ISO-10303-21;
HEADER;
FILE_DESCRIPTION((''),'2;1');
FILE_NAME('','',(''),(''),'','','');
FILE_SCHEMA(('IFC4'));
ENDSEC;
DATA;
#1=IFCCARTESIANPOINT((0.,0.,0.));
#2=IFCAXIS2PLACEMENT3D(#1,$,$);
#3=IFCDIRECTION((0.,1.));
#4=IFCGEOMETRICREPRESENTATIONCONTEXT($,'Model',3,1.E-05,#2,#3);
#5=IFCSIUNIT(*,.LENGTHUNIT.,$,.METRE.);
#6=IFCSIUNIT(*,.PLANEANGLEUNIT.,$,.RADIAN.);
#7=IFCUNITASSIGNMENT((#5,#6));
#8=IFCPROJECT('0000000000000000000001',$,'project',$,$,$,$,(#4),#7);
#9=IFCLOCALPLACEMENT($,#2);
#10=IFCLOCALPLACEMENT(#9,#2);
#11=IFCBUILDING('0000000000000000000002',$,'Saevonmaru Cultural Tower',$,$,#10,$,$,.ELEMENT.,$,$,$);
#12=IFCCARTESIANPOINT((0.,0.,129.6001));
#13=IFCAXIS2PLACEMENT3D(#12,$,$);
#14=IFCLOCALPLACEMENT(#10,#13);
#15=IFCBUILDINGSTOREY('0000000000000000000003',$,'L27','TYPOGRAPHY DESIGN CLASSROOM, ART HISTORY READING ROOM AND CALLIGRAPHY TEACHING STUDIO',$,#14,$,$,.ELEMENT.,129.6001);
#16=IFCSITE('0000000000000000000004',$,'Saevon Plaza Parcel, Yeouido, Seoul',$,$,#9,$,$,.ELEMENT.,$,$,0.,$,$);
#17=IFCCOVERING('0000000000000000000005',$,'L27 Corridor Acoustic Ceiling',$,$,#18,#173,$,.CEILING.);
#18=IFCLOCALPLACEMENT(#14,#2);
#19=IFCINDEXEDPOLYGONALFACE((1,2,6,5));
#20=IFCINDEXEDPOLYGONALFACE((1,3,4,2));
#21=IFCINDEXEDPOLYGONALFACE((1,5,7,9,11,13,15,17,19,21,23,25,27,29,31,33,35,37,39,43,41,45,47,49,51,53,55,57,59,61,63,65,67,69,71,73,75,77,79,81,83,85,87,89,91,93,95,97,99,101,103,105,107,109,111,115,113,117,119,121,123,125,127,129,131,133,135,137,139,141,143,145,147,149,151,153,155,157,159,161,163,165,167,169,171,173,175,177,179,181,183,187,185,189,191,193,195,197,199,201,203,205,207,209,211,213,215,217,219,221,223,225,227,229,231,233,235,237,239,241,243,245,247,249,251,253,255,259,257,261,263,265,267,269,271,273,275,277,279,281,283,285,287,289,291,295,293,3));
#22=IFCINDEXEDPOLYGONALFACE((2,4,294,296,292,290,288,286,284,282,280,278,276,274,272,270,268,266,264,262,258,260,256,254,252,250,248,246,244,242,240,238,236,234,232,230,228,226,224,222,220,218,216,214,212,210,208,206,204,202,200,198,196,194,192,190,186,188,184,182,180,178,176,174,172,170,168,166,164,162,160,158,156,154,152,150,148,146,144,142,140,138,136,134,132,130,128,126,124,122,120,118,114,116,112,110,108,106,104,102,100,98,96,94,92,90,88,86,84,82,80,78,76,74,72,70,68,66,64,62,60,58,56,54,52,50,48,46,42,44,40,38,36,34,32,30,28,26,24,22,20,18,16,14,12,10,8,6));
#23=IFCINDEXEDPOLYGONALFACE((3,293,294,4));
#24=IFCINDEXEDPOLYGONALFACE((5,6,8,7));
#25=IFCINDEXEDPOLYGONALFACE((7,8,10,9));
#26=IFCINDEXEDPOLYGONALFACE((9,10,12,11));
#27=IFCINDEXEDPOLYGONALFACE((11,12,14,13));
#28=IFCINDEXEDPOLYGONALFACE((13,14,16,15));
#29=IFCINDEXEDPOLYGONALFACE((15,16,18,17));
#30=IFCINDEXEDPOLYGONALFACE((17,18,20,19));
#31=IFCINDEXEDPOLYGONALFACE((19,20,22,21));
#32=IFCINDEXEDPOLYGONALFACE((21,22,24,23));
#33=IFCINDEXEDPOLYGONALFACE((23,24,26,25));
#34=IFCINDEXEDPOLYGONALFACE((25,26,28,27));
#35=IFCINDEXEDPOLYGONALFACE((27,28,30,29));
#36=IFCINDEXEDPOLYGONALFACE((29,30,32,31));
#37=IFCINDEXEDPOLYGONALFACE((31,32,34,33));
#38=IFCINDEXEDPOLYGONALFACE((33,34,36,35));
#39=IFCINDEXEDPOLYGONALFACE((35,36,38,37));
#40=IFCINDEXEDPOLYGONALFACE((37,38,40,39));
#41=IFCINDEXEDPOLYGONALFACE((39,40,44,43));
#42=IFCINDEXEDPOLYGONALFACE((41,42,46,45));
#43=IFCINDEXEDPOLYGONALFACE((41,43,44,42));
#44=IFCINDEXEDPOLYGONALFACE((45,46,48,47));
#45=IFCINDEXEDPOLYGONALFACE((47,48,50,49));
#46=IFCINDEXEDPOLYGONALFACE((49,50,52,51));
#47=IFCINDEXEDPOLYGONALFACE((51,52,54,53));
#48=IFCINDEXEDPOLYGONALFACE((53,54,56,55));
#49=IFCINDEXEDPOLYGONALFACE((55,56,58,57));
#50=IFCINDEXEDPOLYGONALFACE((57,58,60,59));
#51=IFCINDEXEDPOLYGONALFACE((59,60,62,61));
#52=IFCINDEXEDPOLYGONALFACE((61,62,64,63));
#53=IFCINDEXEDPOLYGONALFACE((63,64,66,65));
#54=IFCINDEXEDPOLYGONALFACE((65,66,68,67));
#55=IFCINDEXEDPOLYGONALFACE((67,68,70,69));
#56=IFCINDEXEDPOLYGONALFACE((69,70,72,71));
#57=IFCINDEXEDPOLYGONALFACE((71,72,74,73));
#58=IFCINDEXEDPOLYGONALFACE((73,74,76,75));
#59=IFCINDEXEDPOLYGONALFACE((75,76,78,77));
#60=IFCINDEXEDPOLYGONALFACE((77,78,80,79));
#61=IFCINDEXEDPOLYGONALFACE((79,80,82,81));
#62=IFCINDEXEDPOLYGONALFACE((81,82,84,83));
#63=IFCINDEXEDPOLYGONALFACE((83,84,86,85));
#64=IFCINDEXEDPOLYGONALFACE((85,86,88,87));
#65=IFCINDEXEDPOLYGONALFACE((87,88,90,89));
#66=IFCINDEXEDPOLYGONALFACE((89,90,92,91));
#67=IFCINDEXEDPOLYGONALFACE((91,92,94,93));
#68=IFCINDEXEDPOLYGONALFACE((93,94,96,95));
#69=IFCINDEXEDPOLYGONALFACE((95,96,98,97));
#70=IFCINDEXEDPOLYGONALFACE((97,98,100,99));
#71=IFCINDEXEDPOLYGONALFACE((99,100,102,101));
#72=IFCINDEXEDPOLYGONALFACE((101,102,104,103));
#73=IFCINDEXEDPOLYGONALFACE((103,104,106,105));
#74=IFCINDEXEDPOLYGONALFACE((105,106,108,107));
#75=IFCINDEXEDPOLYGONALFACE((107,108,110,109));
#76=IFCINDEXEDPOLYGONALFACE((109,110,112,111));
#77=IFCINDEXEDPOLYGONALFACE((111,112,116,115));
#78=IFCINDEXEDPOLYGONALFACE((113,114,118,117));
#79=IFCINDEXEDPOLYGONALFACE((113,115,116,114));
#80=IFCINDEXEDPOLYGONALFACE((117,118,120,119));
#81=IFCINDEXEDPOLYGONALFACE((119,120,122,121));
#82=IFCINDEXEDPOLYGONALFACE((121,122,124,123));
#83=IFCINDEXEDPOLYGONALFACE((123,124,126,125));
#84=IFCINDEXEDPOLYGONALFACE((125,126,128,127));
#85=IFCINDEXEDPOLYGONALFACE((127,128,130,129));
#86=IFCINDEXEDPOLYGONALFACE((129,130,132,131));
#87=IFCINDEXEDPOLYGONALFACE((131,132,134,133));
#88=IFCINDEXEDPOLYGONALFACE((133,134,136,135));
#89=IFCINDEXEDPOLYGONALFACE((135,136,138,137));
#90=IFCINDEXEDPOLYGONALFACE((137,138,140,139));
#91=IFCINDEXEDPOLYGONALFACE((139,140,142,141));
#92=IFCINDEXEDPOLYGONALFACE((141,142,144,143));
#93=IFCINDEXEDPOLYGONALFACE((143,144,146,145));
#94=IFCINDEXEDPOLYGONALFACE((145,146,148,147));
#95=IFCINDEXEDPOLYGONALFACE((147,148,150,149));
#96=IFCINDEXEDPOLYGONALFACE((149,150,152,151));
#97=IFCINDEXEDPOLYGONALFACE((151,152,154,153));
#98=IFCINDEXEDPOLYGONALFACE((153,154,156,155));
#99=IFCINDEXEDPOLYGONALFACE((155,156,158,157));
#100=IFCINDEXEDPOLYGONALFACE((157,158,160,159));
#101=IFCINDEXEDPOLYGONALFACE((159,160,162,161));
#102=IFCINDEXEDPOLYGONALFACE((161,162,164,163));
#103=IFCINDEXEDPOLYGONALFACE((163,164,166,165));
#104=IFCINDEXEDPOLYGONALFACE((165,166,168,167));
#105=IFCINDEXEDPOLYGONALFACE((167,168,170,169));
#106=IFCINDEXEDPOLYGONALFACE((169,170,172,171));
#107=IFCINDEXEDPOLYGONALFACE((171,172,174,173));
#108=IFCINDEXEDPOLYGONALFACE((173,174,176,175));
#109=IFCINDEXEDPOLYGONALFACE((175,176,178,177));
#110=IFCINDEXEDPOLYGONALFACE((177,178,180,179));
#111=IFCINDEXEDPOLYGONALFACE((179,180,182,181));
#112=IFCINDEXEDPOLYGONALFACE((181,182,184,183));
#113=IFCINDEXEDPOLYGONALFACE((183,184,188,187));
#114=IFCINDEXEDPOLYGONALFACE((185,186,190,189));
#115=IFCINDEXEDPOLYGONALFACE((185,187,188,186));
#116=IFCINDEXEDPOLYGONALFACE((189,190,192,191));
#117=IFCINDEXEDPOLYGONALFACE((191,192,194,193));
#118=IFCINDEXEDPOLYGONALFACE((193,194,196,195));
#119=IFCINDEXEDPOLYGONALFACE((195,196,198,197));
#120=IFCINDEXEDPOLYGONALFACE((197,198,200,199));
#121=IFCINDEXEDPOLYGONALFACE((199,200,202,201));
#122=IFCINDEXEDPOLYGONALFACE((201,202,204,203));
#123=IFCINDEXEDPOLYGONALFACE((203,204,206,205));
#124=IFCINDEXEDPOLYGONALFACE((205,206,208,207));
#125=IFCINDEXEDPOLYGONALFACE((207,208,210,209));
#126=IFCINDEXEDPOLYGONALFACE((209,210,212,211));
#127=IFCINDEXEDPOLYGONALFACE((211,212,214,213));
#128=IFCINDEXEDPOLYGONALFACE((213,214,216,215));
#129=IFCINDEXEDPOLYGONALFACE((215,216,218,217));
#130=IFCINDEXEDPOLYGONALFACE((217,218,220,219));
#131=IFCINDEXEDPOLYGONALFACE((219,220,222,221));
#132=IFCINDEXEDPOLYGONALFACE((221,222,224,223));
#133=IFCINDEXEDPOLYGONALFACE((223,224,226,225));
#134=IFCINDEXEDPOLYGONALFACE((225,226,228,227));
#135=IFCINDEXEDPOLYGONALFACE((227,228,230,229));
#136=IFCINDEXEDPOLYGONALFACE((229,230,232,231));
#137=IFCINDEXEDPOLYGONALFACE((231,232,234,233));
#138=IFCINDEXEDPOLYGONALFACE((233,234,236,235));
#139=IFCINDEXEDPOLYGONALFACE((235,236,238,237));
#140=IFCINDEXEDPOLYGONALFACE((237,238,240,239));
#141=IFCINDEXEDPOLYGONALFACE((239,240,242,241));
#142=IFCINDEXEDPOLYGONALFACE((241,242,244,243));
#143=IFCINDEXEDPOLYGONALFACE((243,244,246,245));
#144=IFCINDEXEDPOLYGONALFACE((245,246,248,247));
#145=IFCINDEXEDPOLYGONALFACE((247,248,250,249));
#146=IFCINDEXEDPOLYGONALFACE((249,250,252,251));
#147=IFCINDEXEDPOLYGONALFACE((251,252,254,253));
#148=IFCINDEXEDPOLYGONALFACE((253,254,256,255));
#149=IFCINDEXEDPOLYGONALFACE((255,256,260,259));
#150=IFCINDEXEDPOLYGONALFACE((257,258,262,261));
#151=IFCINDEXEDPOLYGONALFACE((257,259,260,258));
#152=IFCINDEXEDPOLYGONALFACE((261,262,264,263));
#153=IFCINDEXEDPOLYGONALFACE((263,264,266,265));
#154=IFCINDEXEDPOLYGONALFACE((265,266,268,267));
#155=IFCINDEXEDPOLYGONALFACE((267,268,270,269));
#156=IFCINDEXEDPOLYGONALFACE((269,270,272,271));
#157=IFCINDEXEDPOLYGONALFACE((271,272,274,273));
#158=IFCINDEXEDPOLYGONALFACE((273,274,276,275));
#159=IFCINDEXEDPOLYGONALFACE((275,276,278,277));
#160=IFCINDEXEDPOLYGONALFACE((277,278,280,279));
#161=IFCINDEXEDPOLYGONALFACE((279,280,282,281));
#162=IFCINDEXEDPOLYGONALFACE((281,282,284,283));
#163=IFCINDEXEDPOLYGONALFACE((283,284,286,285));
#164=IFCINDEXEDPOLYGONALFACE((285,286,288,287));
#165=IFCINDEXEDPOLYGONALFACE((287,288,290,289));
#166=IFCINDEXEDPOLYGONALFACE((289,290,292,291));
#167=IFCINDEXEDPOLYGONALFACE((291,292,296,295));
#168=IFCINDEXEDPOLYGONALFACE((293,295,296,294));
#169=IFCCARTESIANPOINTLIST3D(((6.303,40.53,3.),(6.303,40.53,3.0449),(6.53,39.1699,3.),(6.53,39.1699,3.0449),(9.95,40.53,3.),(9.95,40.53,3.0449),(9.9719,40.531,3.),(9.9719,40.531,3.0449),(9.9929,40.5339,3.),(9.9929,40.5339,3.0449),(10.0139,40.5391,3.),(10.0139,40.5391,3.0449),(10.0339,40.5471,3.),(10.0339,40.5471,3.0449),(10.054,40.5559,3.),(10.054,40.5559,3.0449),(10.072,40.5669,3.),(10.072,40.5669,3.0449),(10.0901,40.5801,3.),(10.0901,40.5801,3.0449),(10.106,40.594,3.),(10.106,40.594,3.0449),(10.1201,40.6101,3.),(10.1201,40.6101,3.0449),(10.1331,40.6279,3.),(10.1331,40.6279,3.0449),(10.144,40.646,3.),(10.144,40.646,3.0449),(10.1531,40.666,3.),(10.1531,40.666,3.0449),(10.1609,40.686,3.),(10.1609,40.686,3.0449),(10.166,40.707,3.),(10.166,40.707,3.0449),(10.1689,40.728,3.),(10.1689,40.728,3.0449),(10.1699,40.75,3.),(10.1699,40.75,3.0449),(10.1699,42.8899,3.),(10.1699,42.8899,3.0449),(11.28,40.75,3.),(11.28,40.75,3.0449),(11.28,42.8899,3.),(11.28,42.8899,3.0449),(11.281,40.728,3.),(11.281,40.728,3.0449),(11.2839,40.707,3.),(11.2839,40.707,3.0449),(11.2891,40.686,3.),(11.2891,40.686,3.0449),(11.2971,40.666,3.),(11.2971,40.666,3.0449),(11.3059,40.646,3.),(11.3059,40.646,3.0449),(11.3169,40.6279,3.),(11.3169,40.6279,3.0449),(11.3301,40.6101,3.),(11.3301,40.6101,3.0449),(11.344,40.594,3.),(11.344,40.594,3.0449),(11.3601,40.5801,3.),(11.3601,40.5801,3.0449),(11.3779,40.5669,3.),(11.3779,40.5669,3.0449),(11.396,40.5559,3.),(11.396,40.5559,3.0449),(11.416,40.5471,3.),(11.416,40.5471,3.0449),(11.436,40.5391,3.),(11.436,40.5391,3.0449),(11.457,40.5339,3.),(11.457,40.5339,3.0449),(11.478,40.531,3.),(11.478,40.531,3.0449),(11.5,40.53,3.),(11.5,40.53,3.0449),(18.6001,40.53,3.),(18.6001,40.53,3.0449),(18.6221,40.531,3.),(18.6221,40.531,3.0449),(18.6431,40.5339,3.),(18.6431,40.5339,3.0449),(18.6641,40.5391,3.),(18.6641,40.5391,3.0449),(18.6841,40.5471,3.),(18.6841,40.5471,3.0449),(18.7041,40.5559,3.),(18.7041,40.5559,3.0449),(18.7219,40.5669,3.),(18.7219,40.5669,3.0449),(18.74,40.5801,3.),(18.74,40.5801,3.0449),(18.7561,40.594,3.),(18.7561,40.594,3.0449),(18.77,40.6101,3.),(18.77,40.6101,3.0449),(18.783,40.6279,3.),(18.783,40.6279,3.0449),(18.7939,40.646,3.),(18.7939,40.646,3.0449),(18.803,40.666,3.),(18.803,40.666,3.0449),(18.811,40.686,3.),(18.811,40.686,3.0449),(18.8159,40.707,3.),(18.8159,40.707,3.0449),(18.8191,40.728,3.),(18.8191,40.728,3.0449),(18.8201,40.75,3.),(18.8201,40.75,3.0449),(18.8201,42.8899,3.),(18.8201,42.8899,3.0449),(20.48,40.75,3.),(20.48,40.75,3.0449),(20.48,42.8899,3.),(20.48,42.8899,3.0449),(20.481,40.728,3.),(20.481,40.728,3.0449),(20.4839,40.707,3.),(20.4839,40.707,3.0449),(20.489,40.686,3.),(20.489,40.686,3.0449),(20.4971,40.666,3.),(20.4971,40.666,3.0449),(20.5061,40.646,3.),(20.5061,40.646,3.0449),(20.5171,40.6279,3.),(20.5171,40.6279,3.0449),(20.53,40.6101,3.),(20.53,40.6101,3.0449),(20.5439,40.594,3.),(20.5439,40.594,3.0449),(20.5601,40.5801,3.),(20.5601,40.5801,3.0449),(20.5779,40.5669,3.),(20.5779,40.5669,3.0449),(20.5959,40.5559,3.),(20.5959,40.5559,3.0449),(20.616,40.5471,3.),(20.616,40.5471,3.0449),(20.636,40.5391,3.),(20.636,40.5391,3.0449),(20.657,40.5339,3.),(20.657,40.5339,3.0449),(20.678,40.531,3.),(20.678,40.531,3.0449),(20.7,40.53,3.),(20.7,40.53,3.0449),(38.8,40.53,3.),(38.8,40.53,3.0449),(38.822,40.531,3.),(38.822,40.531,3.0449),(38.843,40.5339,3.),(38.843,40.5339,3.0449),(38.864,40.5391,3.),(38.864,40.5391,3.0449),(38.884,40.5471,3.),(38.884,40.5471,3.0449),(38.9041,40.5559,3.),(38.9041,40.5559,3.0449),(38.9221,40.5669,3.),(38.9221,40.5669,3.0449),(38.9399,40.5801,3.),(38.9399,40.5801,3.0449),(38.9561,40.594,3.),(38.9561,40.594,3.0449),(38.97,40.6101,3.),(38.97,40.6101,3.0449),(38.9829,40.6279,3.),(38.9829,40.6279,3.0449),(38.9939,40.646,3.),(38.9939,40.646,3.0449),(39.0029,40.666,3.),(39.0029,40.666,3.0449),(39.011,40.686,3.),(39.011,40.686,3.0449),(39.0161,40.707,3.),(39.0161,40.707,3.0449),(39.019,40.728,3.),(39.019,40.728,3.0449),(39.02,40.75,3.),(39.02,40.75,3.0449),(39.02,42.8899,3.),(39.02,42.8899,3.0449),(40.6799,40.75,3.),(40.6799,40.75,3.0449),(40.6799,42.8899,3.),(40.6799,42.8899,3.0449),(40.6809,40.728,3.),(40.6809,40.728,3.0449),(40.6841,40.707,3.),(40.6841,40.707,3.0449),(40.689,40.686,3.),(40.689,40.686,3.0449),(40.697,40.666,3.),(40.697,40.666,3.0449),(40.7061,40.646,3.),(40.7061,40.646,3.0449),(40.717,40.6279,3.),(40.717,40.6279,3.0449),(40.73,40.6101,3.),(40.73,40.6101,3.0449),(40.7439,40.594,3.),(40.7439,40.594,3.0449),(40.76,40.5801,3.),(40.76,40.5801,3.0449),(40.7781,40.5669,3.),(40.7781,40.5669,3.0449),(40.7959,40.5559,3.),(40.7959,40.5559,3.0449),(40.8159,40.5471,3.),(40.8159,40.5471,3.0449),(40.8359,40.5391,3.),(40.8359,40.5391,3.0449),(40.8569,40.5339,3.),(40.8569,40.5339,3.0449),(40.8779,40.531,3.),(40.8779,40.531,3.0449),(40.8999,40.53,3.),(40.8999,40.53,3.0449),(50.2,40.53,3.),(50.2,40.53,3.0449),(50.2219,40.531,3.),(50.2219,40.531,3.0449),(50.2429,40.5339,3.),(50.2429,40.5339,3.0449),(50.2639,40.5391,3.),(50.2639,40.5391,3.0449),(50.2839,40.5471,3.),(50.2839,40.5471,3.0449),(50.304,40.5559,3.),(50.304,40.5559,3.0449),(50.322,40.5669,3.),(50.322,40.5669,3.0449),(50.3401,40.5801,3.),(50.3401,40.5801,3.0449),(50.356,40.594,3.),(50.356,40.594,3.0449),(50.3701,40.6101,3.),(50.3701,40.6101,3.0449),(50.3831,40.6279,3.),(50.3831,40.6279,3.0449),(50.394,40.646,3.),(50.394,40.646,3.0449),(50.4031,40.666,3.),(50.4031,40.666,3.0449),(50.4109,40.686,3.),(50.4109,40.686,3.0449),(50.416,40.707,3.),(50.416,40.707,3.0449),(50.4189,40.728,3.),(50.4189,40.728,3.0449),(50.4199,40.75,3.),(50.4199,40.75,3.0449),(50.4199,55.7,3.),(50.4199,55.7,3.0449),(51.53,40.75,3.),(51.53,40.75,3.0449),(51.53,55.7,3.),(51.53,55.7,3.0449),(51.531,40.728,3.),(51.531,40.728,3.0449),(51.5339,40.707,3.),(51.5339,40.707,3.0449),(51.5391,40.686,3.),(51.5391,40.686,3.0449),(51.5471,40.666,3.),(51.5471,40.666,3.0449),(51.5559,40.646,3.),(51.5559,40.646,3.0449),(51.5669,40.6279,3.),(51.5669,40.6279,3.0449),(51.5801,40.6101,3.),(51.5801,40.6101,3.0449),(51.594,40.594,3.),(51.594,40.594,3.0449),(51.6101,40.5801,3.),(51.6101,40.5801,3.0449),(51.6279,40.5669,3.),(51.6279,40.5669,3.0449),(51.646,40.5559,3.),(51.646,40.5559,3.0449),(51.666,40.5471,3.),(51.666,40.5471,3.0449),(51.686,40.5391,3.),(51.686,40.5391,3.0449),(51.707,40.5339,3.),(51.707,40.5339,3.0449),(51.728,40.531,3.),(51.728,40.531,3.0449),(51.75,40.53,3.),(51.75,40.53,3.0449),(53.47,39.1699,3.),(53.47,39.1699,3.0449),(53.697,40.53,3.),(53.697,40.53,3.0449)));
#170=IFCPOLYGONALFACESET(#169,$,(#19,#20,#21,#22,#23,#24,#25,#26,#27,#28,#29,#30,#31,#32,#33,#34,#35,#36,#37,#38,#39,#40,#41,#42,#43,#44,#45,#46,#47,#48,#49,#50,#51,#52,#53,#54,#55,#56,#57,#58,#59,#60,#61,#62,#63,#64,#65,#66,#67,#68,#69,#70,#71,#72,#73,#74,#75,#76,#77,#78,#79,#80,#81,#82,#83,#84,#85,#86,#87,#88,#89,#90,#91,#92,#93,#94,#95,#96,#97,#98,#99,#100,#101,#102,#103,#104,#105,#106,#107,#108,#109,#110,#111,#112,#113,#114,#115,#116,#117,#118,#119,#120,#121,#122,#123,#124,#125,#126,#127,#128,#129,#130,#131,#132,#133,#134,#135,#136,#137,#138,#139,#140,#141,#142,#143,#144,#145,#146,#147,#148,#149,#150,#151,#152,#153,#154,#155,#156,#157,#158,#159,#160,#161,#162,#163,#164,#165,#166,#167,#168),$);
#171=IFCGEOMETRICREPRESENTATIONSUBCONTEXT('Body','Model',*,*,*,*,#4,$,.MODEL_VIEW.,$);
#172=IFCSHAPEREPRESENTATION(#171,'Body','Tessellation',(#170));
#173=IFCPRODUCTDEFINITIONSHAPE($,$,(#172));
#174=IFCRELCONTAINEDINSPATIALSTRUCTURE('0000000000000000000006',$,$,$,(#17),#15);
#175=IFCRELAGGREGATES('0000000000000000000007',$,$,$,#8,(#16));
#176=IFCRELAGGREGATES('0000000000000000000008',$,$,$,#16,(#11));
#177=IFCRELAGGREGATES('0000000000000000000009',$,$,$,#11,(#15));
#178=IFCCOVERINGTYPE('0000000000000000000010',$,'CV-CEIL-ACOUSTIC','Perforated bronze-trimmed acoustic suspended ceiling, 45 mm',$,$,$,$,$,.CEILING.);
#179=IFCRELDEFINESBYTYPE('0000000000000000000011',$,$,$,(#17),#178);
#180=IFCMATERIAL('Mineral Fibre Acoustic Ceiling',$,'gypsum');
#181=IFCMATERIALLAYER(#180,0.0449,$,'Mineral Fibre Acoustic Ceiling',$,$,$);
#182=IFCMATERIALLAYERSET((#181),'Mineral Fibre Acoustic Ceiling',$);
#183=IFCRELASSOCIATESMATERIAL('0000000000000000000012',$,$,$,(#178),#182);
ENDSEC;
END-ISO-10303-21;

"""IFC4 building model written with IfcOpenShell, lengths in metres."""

from ifc_helpers import new_model, si_unit, direction, frame, origin, place, context, subcontext, project, spatial, polyline, outline, extrude, material, layer, layer_set, type_object, element, save


model = new_model("IFC4")

# Units and contexts
model_context = context("Model", 3, precision=1e-05, world=origin(), true_north=direction((0.0, 1.0)))
body_context = subcontext(model_context, "Body", "Model", "MODEL_VIEW")
ifc_project = project(units=[si_unit("LENGTHUNIT", "METRE"), si_unit("PLANEANGLEUNIT", "RADIAN")], contexts=[model_context])

# Site, building, storey
site_placement = place(None, origin())
site = spatial("IfcSite", under=ifc_project, at=site_placement, Name="Saevon Plaza Parcel, Yeouido, Seoul", CompositionType="ELEMENT", RefElevation=0.0)
building_placement = place(site_placement, origin())
building = spatial("IfcBuilding", under=site, at=building_placement, Name="Saevonmaru Cultural Tower", CompositionType="ELEMENT")
storey_placement = place(building_placement, frame((0.0, 0.0, 129.6001)))
storey = spatial("IfcBuildingStorey", under=building, at=storey_placement, Name="L27", Description="TYPOGRAPHY DESIGN CLASSROOM, ART HISTORY READING ROOM AND CALLIGRAPHY TEACHING STUDIO", CompositionType="ELEMENT", Elevation=129.6001)

# Covering
ifc_material_1 = material(Name="Mineral Fibre Acoustic Ceiling", Category="gypsum")
ifc_layer_1 = layer(ifc_material_1, 0.0449, Name="Mineral Fibre Acoustic Ceiling")
ifc_layer_set_1 = layer_set([ifc_layer_1], Name="Mineral Fibre Acoustic Ceiling")
covering_type_1 = type_object("IfcCoveringType", Name="CV-CEIL-ACOUSTIC", Description="Perforated bronze-trimmed acoustic suspended ceiling, 45 mm", PredefinedType="CEILING", material=ifc_layer_set_1)
covering_1_placement = place(storey_placement, frame((0.0, 0.0, 3.0)))
element("IfcCovering", 1, at=covering_1_placement, inside=storey, type_object=covering_type_1, Name="L27 Corridor Acoustic Ceiling", PredefinedType="CEILING", context=body_context, shape_type="SweptSolid", body=[
    extrude(outline(polyline([(6.53, 39.1699), (6.303, 40.53), (9.95, 40.53), (9.9719, 40.531), (9.9929, 40.5339), (10.0139, 40.5391), (10.0339, 40.5471), (10.054, 40.5559), (10.072, 40.5669), (10.0901, 40.5801), (10.106, 40.594), (10.1201, 40.6101), (10.1331, 40.6279), (10.144, 40.646), (10.1531, 40.666), (10.1609, 40.686), (10.166, 40.707), (10.1689, 40.728), (10.1699, 40.75), (10.1699, 42.8899), (11.28, 42.8899), (11.28, 40.75), (11.281, 40.728), (11.2839, 40.707), (11.2891, 40.686), (11.2971, 40.666), (11.3059, 40.646), (11.3169, 40.6279), (11.3301, 40.6101), (11.344, 40.594), (11.3601, 40.5801), (11.3779, 40.5669), (11.396, 40.5559), (11.416, 40.5471), (11.436, 40.5391), (11.457, 40.5339), (11.478, 40.531), (11.5, 40.53), (18.6001, 40.53), (18.6221, 40.531), (18.6431, 40.5339), (18.6641, 40.5391), (18.6841, 40.5471), (18.7041, 40.5559), (18.7219, 40.5669), (18.74, 40.5801), (18.7561, 40.594), (18.77, 40.6101), (18.783, 40.6279), (18.7939, 40.646), (18.803, 40.666), (18.811, 40.686), (18.8159, 40.707), (18.8191, 40.728), (18.8201, 40.75), (18.8201, 42.8899), (20.48, 42.8899), (20.48, 40.75), (20.481, 40.728), (20.4839, 40.707), (20.489, 40.686), (20.4971, 40.666), (20.5061, 40.646), (20.5171, 40.6279), (20.53, 40.6101), (20.5439, 40.594), (20.5601, 40.5801), (20.5779, 40.5669), (20.5959, 40.5559), (20.616, 40.5471), (20.636, 40.5391), (20.657, 40.5339), (20.678, 40.531), (20.7, 40.53), (38.8, 40.53), (38.822, 40.531), (38.843, 40.5339), (38.864, 40.5391), (38.884, 40.5471), (38.9041, 40.5559), (38.9221, 40.5669), (38.9399, 40.5801), (38.9561, 40.594), (38.97, 40.6101), (38.9829, 40.6279), (38.9939, 40.646), (39.0029, 40.666), (39.011, 40.686), (39.0161, 40.707), (39.019, 40.728), (39.02, 40.75), (39.02, 42.8899), (40.6799, 42.8899), (40.6799, 40.75), (40.6809, 40.728), (40.6841, 40.707), (40.689, 40.686), (40.697, 40.666), (40.7061, 40.646), (40.717, 40.6279), (40.73, 40.6101), (40.7439, 40.594), (40.76, 40.5801), (40.7781, 40.5669), (40.7959, 40.5559), (40.8159, 40.5471), (40.8359, 40.5391), (40.8569, 40.5339), (40.8779, 40.531), (40.8999, 40.53), (50.2, 40.53), (50.2219, 40.531), (50.2429, 40.5339), (50.2639, 40.5391), (50.2839, 40.5471), (50.304, 40.5559), (50.322, 40.5669), (50.3401, 40.5801), (50.356, 40.594), (50.3701, 40.6101), (50.3831, 40.6279), (50.394, 40.646), (50.4031, 40.666), (50.4109, 40.686), (50.416, 40.707), (50.4189, 40.728), (50.4199, 40.75), (50.4199, 55.7), (51.53, 55.7), (51.53, 40.75), (51.531, 40.728), (51.5339, 40.707), (51.5391, 40.686), (51.5471, 40.666), (51.5559, 40.646), (51.5669, 40.6279), (51.5801, 40.6101), (51.594, 40.594), (51.6101, 40.5801), (51.6279, 40.5669), (51.646, 40.5559), (51.666, 40.5471), (51.686, 40.5391), (51.707, 40.5339), (51.728, 40.531), (51.75, 40.53), (53.697, 40.53), (53.47, 39.1699), (6.53, 39.1699)])), origin(), (0.0, 0.0, 1.0), 0.0449),
])

save(model, "model.ifc")
